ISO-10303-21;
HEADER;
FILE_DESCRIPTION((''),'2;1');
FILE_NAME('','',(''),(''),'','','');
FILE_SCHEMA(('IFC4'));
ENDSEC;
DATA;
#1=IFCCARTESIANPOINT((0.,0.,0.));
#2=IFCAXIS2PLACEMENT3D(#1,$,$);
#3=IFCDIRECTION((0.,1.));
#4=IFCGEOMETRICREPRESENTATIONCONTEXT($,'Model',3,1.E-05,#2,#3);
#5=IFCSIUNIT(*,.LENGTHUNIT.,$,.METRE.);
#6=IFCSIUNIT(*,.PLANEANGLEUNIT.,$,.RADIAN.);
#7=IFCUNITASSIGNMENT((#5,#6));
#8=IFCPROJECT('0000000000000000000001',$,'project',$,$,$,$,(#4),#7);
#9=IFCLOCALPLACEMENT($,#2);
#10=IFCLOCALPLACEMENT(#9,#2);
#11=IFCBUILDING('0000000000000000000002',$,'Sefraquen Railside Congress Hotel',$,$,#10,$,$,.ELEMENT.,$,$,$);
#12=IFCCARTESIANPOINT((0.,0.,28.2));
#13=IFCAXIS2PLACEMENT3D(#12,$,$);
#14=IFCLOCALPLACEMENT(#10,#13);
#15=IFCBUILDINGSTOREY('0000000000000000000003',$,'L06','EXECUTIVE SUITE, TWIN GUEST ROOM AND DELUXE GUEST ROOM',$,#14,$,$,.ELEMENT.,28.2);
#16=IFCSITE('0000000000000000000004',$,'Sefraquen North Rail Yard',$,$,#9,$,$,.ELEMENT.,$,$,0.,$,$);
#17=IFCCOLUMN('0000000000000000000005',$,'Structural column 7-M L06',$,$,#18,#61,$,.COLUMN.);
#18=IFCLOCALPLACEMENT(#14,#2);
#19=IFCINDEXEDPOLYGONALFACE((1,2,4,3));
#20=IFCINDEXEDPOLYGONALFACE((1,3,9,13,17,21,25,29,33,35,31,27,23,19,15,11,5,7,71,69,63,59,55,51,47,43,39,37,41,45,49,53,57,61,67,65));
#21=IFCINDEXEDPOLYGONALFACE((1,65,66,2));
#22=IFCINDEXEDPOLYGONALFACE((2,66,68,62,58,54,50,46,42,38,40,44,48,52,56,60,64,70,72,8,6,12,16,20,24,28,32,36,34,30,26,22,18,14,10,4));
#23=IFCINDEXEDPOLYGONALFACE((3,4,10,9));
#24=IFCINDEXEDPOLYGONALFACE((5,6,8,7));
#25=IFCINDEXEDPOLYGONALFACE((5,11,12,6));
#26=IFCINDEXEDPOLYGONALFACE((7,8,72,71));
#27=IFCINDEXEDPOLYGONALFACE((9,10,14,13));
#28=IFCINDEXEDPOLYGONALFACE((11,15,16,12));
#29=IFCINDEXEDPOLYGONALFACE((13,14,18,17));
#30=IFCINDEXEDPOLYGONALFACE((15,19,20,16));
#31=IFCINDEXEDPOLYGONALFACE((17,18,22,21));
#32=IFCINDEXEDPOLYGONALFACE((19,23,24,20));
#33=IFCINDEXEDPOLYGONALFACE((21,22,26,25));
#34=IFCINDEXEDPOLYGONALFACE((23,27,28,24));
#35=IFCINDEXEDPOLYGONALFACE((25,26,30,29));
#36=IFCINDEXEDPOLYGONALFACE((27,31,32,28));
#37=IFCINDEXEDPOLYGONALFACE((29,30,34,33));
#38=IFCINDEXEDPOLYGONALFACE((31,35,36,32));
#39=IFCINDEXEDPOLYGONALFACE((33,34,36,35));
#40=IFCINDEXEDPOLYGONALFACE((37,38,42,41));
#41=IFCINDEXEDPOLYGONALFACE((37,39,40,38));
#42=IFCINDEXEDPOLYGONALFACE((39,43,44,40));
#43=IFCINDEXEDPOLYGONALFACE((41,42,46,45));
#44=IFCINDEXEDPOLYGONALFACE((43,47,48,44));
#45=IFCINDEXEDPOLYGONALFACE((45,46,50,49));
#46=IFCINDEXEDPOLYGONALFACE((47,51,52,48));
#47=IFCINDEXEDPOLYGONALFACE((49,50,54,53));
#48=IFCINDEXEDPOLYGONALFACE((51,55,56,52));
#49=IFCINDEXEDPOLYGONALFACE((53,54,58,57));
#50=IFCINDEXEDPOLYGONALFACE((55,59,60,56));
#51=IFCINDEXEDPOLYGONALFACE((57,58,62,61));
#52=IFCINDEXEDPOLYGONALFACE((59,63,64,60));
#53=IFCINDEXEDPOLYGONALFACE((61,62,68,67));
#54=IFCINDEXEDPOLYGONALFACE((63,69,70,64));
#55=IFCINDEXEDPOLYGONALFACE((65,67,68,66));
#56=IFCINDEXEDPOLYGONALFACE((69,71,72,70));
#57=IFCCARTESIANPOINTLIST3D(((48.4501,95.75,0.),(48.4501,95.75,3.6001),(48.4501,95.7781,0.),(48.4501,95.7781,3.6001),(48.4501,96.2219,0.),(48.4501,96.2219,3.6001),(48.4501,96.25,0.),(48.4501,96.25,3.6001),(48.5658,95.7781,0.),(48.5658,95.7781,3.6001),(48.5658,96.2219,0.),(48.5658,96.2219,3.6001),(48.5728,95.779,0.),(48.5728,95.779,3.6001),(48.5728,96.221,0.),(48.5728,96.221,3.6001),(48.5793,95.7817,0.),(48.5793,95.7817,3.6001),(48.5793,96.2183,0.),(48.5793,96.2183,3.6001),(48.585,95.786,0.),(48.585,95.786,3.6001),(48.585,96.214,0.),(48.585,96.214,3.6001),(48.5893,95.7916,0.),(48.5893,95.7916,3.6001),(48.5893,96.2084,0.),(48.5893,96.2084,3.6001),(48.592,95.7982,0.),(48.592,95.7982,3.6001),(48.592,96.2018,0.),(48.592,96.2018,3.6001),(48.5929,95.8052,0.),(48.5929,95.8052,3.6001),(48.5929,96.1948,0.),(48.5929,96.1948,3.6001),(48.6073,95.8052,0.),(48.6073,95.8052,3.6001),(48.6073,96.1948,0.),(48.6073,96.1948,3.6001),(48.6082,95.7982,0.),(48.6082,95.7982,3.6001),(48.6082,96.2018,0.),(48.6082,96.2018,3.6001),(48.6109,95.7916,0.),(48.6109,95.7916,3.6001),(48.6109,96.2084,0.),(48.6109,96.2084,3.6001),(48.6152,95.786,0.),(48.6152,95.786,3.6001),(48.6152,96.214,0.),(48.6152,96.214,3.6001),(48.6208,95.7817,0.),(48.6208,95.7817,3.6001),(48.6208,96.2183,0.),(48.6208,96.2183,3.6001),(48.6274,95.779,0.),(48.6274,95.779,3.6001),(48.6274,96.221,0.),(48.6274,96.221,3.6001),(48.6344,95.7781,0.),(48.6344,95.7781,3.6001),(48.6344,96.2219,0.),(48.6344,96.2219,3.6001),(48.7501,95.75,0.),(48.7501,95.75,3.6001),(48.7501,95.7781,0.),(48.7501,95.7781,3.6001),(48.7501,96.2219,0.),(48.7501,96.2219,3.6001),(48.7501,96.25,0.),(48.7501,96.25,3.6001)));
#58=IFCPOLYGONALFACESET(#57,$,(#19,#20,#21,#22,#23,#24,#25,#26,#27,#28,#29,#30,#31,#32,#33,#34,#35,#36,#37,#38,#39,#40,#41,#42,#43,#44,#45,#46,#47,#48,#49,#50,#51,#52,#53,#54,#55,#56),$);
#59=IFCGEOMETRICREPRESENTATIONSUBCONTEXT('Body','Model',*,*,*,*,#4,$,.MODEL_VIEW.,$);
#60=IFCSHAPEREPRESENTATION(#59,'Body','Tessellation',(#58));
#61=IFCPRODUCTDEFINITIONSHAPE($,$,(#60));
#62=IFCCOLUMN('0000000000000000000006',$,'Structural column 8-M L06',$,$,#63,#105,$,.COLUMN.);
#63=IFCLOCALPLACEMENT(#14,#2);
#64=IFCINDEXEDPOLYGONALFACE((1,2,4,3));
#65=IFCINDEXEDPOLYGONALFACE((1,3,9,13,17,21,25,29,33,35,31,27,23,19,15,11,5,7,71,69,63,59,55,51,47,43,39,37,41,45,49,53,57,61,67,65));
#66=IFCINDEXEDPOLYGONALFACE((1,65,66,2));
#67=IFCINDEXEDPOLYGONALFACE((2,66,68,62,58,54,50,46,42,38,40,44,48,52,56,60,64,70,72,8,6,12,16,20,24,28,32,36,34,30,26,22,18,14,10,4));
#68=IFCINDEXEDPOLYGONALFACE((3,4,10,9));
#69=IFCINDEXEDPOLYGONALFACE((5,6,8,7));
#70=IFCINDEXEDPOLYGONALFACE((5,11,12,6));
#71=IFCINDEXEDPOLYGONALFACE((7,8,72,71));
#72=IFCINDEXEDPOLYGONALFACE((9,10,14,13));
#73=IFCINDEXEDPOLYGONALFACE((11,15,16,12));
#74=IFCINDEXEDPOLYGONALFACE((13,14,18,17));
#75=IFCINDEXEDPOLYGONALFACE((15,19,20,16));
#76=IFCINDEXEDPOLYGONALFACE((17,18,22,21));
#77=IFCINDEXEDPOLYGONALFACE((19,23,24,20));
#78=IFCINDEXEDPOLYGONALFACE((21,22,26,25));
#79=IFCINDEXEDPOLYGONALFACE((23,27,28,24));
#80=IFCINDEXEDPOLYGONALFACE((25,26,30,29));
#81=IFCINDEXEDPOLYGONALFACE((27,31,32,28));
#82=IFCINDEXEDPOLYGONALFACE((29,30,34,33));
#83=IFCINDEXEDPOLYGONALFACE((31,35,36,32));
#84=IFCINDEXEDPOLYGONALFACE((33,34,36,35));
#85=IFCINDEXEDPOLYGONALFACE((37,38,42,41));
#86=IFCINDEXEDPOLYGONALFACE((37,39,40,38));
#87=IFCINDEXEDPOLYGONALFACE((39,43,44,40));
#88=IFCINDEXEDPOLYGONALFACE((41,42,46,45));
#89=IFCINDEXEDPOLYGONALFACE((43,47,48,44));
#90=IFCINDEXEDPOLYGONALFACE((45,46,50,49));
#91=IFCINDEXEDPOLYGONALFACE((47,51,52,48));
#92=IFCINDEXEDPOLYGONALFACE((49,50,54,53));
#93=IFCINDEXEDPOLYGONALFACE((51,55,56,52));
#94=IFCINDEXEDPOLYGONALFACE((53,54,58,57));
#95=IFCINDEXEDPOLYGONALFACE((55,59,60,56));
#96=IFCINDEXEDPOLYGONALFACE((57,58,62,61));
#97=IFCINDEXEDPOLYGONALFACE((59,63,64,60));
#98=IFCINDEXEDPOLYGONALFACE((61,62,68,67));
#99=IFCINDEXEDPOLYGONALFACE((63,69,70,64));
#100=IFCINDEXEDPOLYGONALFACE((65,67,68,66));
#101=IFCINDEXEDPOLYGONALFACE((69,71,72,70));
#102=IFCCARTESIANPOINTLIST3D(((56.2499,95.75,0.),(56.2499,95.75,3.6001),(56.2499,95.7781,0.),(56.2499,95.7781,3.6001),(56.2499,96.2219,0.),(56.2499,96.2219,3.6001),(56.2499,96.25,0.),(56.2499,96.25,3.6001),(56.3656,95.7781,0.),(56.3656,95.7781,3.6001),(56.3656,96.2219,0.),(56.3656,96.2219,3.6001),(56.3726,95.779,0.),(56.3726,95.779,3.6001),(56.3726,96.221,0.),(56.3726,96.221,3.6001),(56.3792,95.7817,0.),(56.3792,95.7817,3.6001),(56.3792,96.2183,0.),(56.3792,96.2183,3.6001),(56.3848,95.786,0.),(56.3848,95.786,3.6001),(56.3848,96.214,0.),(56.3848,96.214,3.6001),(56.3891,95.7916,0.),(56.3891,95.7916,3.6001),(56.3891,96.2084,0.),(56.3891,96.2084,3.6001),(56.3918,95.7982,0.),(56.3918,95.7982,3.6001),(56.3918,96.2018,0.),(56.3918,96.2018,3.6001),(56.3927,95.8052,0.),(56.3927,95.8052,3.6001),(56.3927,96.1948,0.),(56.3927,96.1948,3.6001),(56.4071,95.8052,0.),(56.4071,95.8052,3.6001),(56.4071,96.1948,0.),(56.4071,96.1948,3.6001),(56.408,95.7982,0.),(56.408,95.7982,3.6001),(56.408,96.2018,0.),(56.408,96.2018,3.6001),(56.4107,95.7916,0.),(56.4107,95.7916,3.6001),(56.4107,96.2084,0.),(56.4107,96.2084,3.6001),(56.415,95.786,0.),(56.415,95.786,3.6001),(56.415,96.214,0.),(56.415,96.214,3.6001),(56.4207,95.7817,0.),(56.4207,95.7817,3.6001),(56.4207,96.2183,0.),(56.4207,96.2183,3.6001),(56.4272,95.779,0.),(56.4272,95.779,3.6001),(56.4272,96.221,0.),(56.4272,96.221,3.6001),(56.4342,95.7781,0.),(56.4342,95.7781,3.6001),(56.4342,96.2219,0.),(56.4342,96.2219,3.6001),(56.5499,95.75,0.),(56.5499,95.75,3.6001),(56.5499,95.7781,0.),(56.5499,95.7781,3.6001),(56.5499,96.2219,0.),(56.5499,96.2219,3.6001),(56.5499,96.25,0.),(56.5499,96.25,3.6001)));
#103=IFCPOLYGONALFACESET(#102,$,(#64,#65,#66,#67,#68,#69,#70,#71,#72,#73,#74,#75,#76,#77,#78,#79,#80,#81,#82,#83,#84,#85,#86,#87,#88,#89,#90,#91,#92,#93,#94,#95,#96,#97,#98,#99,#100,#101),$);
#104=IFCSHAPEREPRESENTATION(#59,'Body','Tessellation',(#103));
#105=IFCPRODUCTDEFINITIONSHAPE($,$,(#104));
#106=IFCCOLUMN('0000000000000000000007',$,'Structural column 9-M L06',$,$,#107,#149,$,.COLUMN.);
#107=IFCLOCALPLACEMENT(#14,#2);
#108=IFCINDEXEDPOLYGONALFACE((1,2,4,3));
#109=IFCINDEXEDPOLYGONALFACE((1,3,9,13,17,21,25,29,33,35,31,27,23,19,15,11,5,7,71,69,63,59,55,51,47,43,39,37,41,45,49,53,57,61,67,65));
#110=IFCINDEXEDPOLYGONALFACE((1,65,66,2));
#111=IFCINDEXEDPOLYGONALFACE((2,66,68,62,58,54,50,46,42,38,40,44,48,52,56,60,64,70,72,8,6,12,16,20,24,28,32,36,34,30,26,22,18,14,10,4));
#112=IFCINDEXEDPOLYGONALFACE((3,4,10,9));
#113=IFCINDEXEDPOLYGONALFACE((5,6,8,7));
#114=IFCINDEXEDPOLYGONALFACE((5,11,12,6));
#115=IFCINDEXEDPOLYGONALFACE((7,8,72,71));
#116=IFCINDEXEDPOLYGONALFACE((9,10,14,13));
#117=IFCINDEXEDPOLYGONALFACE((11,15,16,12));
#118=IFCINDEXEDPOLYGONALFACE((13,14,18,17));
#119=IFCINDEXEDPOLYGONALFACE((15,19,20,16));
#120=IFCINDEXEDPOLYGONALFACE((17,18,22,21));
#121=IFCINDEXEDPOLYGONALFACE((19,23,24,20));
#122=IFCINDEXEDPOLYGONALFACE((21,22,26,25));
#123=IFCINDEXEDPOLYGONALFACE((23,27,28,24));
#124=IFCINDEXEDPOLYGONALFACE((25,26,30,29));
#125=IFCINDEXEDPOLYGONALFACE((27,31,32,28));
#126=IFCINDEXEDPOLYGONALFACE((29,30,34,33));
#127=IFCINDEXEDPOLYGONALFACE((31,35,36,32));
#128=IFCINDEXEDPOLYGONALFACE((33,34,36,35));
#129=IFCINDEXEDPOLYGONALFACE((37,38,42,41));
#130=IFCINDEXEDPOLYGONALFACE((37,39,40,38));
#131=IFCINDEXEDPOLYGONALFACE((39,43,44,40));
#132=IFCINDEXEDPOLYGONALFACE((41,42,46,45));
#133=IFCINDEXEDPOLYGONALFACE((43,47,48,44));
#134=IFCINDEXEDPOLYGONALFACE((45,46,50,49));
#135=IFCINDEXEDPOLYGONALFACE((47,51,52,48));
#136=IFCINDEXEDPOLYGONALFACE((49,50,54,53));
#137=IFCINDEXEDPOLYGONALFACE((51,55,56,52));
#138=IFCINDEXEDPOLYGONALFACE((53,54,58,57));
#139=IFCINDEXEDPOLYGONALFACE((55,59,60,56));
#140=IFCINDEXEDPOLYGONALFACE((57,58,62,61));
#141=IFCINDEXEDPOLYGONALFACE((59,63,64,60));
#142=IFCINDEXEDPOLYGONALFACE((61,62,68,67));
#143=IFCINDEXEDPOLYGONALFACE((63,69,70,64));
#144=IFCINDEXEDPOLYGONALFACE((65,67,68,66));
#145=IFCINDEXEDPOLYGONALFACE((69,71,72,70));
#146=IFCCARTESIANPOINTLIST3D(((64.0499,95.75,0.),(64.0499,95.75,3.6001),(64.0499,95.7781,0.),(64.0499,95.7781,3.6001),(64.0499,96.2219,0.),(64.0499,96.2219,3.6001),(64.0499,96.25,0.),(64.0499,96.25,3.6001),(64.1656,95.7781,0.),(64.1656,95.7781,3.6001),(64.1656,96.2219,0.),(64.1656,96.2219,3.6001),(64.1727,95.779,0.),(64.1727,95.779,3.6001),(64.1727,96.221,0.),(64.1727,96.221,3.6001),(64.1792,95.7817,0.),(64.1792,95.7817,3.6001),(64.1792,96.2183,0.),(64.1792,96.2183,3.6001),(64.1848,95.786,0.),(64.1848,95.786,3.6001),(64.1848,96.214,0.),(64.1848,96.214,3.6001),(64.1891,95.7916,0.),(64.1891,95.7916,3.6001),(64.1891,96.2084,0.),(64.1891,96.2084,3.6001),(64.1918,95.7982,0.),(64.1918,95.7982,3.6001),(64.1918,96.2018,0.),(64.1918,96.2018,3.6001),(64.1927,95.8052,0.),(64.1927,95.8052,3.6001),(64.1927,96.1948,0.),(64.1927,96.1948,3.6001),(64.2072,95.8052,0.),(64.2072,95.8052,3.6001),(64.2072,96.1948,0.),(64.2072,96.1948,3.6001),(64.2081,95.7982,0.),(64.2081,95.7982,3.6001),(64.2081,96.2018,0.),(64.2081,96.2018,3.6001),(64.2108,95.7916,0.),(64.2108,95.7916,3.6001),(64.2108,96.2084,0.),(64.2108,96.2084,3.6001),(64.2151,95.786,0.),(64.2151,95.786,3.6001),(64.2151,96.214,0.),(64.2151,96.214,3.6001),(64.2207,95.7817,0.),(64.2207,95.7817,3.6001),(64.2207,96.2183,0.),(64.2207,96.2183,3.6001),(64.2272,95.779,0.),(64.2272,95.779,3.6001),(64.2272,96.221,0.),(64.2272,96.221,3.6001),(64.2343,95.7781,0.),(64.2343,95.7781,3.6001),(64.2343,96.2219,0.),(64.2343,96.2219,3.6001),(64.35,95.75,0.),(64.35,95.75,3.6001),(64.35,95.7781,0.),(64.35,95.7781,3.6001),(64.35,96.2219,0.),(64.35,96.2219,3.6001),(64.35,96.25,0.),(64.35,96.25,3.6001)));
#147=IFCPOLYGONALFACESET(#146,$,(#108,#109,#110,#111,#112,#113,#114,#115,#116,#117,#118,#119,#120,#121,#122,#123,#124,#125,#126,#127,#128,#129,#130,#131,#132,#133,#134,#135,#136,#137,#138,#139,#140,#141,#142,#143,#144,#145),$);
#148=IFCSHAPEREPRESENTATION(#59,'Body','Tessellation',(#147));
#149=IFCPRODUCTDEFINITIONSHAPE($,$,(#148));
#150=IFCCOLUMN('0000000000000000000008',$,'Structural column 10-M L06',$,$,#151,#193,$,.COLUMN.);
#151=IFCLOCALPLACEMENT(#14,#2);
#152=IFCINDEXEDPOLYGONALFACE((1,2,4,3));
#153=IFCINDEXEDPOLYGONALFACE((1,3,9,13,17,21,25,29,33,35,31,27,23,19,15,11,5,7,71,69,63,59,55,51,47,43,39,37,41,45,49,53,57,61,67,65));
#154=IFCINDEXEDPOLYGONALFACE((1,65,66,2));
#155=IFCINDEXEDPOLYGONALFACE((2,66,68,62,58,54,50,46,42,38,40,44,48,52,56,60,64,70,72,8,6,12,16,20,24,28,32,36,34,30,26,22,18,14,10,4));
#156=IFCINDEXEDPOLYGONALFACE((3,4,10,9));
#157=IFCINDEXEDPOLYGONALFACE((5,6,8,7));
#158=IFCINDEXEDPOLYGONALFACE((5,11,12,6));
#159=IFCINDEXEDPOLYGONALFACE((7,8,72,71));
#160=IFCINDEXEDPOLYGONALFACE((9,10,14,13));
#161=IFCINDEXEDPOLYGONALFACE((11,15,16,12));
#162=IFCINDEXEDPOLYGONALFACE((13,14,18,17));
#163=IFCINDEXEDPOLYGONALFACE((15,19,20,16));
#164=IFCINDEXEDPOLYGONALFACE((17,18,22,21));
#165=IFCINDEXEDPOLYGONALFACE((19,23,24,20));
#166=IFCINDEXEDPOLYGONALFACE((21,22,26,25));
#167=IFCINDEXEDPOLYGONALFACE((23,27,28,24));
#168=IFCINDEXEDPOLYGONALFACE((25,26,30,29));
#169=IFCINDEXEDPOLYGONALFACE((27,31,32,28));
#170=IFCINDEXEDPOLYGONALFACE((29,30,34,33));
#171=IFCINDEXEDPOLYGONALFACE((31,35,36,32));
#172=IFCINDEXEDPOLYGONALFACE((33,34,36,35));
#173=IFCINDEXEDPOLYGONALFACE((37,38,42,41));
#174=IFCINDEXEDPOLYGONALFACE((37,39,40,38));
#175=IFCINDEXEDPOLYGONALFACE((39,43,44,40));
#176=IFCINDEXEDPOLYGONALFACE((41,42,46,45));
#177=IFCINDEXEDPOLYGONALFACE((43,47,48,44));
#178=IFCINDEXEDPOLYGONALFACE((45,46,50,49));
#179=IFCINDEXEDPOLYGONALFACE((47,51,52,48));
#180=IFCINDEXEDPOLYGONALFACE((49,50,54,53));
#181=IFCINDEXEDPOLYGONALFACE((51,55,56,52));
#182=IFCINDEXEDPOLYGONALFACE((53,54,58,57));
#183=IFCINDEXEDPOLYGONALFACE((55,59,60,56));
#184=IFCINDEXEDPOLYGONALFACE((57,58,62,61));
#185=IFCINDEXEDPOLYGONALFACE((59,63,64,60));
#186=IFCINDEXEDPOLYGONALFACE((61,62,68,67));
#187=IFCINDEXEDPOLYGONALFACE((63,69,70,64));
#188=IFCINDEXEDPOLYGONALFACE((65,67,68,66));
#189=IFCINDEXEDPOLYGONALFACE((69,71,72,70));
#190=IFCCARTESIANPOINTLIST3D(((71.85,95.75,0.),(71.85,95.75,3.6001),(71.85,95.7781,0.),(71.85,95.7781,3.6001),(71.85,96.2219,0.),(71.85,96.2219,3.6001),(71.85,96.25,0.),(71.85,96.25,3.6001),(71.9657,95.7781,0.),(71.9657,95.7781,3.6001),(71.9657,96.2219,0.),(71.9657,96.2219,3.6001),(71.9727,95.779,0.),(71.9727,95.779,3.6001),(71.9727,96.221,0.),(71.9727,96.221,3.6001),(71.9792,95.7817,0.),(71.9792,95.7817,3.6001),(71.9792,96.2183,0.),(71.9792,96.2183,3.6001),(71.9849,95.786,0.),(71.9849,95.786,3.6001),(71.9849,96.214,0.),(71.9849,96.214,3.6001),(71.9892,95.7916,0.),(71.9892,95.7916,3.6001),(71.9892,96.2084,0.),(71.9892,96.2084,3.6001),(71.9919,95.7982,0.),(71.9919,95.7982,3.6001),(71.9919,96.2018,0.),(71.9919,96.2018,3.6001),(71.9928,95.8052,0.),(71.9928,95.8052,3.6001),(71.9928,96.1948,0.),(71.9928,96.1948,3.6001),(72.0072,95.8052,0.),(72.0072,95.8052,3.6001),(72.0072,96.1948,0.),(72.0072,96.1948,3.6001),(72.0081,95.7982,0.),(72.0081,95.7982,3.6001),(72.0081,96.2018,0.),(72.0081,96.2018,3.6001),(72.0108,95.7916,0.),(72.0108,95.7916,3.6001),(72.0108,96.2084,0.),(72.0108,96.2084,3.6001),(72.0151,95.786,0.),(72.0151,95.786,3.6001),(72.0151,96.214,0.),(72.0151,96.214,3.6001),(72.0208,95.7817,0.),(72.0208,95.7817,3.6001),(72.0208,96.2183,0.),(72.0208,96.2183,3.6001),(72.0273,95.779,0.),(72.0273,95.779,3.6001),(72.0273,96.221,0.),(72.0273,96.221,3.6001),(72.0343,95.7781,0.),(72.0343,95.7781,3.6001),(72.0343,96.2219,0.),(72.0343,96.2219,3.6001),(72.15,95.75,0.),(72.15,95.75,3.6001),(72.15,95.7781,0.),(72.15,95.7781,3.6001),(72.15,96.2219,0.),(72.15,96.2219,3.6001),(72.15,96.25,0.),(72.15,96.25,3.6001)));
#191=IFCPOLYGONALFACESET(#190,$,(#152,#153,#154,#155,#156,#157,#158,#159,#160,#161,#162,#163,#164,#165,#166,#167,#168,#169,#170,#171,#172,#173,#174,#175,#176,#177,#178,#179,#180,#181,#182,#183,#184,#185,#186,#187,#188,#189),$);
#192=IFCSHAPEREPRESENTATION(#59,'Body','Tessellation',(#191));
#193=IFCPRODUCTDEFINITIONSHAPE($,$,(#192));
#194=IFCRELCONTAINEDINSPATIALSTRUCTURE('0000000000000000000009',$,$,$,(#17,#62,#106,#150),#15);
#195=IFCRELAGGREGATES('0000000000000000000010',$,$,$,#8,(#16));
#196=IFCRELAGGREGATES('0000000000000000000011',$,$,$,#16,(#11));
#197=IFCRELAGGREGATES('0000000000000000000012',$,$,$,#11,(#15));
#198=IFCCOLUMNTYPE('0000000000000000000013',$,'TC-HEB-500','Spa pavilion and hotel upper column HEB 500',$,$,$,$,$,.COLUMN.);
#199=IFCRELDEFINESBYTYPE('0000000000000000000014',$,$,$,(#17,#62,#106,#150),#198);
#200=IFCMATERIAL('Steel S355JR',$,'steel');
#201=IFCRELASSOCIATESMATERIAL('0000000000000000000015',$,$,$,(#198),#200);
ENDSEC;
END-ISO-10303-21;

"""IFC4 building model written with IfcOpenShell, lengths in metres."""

from ifc_helpers import new_model, si_unit, direction, frame, origin, origin_2d, place, context, subcontext, project, spatial, i_section, extrude, material, material_profile, profile_set, type_object, element, save


model = new_model("IFC4")

# Units and contexts
model_context = context("Model", 3, precision=1e-05, world=origin(), true_north=direction((0.0, 1.0)))
body_context = subcontext(model_context, "Body", "Model", "MODEL_VIEW")
ifc_project = project(units=[si_unit("LENGTHUNIT", "METRE"), si_unit("PLANEANGLEUNIT", "RADIAN")], contexts=[model_context])

# Site, building, storey
site_placement = place(None, origin())
site = spatial("IfcSite", under=ifc_project, at=site_placement, Name="Sefraquen North Rail Yard", CompositionType="ELEMENT", RefElevation=0.0)
building_placement = place(site_placement, origin())
building = spatial("IfcBuilding", under=site, at=building_placement, Name="Sefraquen Railside Congress Hotel", CompositionType="ELEMENT")
storey_placement = place(building_placement, frame((0.0, 0.0, 28.2)))
storey = spatial("IfcBuildingStorey", under=building, at=storey_placement, Name="L06", Description="EXECUTIVE SUITE, TWIN GUEST ROOM AND DELUXE GUEST ROOM", CompositionType="ELEMENT", Elevation=28.2)

# Columns
ifc_material = material(Name="Steel S355JR", Category="steel")
ifc_material_profile_1 = material_profile(ifc_material, i_section(OverallWidth=0.3, OverallDepth=0.5, WebThickness=0.0144, FlangeThickness=0.0281, FilletRadius=0.0271, at=origin_2d()), Name="HEB 500")
ifc_profile_set_1 = profile_set([ifc_material_profile_1], Name="Steel S355JR")
column_type = type_object("IfcColumnType", Name="TC-HEB-500", Description="Spa pavilion and hotel upper column HEB 500", PredefinedType="COLUMN", material=ifc_profile_set_1)
for number, where, z_axis, x_axis, name in (
    (1, (48.6001, 96.0, 0.0), (0.0, 0.0, 1.0), (1.0, 0.0, 0.0), "Structural column 7-M L06"),
    (2, (56.3999, 96.0, 0.0), (0.0, 0.0, 1.0), (1.0, 0.0, 0.0), "Structural column 8-M L06"),
    (3, (64.2, 96.0, 0.0), (0.0, 0.0, 1.0), (1.0, 0.0, 0.0), "Structural column 9-M L06"),
    (4, (72.0, 96.0, 0.0), (0.0, 0.0, 1.0), (1.0, 0.0, 0.0), "Structural column 10-M L06"),
):
    element("IfcColumn", number, at=place(storey_placement, frame(where, z_axis=z_axis, x_axis=x_axis)), inside=storey, type_object=column_type, Name=name, PredefinedType="COLUMN", context=body_context, shape_type="SweptSolid", body=[
        extrude(i_section(OverallWidth=0.3, OverallDepth=0.5, WebThickness=0.0144, FlangeThickness=0.0281, FilletRadius=0.0271, at=origin_2d()), origin(), (0.0, 0.0, 1.0), 3.6001),
    ])

save(model, "model.ifc")
